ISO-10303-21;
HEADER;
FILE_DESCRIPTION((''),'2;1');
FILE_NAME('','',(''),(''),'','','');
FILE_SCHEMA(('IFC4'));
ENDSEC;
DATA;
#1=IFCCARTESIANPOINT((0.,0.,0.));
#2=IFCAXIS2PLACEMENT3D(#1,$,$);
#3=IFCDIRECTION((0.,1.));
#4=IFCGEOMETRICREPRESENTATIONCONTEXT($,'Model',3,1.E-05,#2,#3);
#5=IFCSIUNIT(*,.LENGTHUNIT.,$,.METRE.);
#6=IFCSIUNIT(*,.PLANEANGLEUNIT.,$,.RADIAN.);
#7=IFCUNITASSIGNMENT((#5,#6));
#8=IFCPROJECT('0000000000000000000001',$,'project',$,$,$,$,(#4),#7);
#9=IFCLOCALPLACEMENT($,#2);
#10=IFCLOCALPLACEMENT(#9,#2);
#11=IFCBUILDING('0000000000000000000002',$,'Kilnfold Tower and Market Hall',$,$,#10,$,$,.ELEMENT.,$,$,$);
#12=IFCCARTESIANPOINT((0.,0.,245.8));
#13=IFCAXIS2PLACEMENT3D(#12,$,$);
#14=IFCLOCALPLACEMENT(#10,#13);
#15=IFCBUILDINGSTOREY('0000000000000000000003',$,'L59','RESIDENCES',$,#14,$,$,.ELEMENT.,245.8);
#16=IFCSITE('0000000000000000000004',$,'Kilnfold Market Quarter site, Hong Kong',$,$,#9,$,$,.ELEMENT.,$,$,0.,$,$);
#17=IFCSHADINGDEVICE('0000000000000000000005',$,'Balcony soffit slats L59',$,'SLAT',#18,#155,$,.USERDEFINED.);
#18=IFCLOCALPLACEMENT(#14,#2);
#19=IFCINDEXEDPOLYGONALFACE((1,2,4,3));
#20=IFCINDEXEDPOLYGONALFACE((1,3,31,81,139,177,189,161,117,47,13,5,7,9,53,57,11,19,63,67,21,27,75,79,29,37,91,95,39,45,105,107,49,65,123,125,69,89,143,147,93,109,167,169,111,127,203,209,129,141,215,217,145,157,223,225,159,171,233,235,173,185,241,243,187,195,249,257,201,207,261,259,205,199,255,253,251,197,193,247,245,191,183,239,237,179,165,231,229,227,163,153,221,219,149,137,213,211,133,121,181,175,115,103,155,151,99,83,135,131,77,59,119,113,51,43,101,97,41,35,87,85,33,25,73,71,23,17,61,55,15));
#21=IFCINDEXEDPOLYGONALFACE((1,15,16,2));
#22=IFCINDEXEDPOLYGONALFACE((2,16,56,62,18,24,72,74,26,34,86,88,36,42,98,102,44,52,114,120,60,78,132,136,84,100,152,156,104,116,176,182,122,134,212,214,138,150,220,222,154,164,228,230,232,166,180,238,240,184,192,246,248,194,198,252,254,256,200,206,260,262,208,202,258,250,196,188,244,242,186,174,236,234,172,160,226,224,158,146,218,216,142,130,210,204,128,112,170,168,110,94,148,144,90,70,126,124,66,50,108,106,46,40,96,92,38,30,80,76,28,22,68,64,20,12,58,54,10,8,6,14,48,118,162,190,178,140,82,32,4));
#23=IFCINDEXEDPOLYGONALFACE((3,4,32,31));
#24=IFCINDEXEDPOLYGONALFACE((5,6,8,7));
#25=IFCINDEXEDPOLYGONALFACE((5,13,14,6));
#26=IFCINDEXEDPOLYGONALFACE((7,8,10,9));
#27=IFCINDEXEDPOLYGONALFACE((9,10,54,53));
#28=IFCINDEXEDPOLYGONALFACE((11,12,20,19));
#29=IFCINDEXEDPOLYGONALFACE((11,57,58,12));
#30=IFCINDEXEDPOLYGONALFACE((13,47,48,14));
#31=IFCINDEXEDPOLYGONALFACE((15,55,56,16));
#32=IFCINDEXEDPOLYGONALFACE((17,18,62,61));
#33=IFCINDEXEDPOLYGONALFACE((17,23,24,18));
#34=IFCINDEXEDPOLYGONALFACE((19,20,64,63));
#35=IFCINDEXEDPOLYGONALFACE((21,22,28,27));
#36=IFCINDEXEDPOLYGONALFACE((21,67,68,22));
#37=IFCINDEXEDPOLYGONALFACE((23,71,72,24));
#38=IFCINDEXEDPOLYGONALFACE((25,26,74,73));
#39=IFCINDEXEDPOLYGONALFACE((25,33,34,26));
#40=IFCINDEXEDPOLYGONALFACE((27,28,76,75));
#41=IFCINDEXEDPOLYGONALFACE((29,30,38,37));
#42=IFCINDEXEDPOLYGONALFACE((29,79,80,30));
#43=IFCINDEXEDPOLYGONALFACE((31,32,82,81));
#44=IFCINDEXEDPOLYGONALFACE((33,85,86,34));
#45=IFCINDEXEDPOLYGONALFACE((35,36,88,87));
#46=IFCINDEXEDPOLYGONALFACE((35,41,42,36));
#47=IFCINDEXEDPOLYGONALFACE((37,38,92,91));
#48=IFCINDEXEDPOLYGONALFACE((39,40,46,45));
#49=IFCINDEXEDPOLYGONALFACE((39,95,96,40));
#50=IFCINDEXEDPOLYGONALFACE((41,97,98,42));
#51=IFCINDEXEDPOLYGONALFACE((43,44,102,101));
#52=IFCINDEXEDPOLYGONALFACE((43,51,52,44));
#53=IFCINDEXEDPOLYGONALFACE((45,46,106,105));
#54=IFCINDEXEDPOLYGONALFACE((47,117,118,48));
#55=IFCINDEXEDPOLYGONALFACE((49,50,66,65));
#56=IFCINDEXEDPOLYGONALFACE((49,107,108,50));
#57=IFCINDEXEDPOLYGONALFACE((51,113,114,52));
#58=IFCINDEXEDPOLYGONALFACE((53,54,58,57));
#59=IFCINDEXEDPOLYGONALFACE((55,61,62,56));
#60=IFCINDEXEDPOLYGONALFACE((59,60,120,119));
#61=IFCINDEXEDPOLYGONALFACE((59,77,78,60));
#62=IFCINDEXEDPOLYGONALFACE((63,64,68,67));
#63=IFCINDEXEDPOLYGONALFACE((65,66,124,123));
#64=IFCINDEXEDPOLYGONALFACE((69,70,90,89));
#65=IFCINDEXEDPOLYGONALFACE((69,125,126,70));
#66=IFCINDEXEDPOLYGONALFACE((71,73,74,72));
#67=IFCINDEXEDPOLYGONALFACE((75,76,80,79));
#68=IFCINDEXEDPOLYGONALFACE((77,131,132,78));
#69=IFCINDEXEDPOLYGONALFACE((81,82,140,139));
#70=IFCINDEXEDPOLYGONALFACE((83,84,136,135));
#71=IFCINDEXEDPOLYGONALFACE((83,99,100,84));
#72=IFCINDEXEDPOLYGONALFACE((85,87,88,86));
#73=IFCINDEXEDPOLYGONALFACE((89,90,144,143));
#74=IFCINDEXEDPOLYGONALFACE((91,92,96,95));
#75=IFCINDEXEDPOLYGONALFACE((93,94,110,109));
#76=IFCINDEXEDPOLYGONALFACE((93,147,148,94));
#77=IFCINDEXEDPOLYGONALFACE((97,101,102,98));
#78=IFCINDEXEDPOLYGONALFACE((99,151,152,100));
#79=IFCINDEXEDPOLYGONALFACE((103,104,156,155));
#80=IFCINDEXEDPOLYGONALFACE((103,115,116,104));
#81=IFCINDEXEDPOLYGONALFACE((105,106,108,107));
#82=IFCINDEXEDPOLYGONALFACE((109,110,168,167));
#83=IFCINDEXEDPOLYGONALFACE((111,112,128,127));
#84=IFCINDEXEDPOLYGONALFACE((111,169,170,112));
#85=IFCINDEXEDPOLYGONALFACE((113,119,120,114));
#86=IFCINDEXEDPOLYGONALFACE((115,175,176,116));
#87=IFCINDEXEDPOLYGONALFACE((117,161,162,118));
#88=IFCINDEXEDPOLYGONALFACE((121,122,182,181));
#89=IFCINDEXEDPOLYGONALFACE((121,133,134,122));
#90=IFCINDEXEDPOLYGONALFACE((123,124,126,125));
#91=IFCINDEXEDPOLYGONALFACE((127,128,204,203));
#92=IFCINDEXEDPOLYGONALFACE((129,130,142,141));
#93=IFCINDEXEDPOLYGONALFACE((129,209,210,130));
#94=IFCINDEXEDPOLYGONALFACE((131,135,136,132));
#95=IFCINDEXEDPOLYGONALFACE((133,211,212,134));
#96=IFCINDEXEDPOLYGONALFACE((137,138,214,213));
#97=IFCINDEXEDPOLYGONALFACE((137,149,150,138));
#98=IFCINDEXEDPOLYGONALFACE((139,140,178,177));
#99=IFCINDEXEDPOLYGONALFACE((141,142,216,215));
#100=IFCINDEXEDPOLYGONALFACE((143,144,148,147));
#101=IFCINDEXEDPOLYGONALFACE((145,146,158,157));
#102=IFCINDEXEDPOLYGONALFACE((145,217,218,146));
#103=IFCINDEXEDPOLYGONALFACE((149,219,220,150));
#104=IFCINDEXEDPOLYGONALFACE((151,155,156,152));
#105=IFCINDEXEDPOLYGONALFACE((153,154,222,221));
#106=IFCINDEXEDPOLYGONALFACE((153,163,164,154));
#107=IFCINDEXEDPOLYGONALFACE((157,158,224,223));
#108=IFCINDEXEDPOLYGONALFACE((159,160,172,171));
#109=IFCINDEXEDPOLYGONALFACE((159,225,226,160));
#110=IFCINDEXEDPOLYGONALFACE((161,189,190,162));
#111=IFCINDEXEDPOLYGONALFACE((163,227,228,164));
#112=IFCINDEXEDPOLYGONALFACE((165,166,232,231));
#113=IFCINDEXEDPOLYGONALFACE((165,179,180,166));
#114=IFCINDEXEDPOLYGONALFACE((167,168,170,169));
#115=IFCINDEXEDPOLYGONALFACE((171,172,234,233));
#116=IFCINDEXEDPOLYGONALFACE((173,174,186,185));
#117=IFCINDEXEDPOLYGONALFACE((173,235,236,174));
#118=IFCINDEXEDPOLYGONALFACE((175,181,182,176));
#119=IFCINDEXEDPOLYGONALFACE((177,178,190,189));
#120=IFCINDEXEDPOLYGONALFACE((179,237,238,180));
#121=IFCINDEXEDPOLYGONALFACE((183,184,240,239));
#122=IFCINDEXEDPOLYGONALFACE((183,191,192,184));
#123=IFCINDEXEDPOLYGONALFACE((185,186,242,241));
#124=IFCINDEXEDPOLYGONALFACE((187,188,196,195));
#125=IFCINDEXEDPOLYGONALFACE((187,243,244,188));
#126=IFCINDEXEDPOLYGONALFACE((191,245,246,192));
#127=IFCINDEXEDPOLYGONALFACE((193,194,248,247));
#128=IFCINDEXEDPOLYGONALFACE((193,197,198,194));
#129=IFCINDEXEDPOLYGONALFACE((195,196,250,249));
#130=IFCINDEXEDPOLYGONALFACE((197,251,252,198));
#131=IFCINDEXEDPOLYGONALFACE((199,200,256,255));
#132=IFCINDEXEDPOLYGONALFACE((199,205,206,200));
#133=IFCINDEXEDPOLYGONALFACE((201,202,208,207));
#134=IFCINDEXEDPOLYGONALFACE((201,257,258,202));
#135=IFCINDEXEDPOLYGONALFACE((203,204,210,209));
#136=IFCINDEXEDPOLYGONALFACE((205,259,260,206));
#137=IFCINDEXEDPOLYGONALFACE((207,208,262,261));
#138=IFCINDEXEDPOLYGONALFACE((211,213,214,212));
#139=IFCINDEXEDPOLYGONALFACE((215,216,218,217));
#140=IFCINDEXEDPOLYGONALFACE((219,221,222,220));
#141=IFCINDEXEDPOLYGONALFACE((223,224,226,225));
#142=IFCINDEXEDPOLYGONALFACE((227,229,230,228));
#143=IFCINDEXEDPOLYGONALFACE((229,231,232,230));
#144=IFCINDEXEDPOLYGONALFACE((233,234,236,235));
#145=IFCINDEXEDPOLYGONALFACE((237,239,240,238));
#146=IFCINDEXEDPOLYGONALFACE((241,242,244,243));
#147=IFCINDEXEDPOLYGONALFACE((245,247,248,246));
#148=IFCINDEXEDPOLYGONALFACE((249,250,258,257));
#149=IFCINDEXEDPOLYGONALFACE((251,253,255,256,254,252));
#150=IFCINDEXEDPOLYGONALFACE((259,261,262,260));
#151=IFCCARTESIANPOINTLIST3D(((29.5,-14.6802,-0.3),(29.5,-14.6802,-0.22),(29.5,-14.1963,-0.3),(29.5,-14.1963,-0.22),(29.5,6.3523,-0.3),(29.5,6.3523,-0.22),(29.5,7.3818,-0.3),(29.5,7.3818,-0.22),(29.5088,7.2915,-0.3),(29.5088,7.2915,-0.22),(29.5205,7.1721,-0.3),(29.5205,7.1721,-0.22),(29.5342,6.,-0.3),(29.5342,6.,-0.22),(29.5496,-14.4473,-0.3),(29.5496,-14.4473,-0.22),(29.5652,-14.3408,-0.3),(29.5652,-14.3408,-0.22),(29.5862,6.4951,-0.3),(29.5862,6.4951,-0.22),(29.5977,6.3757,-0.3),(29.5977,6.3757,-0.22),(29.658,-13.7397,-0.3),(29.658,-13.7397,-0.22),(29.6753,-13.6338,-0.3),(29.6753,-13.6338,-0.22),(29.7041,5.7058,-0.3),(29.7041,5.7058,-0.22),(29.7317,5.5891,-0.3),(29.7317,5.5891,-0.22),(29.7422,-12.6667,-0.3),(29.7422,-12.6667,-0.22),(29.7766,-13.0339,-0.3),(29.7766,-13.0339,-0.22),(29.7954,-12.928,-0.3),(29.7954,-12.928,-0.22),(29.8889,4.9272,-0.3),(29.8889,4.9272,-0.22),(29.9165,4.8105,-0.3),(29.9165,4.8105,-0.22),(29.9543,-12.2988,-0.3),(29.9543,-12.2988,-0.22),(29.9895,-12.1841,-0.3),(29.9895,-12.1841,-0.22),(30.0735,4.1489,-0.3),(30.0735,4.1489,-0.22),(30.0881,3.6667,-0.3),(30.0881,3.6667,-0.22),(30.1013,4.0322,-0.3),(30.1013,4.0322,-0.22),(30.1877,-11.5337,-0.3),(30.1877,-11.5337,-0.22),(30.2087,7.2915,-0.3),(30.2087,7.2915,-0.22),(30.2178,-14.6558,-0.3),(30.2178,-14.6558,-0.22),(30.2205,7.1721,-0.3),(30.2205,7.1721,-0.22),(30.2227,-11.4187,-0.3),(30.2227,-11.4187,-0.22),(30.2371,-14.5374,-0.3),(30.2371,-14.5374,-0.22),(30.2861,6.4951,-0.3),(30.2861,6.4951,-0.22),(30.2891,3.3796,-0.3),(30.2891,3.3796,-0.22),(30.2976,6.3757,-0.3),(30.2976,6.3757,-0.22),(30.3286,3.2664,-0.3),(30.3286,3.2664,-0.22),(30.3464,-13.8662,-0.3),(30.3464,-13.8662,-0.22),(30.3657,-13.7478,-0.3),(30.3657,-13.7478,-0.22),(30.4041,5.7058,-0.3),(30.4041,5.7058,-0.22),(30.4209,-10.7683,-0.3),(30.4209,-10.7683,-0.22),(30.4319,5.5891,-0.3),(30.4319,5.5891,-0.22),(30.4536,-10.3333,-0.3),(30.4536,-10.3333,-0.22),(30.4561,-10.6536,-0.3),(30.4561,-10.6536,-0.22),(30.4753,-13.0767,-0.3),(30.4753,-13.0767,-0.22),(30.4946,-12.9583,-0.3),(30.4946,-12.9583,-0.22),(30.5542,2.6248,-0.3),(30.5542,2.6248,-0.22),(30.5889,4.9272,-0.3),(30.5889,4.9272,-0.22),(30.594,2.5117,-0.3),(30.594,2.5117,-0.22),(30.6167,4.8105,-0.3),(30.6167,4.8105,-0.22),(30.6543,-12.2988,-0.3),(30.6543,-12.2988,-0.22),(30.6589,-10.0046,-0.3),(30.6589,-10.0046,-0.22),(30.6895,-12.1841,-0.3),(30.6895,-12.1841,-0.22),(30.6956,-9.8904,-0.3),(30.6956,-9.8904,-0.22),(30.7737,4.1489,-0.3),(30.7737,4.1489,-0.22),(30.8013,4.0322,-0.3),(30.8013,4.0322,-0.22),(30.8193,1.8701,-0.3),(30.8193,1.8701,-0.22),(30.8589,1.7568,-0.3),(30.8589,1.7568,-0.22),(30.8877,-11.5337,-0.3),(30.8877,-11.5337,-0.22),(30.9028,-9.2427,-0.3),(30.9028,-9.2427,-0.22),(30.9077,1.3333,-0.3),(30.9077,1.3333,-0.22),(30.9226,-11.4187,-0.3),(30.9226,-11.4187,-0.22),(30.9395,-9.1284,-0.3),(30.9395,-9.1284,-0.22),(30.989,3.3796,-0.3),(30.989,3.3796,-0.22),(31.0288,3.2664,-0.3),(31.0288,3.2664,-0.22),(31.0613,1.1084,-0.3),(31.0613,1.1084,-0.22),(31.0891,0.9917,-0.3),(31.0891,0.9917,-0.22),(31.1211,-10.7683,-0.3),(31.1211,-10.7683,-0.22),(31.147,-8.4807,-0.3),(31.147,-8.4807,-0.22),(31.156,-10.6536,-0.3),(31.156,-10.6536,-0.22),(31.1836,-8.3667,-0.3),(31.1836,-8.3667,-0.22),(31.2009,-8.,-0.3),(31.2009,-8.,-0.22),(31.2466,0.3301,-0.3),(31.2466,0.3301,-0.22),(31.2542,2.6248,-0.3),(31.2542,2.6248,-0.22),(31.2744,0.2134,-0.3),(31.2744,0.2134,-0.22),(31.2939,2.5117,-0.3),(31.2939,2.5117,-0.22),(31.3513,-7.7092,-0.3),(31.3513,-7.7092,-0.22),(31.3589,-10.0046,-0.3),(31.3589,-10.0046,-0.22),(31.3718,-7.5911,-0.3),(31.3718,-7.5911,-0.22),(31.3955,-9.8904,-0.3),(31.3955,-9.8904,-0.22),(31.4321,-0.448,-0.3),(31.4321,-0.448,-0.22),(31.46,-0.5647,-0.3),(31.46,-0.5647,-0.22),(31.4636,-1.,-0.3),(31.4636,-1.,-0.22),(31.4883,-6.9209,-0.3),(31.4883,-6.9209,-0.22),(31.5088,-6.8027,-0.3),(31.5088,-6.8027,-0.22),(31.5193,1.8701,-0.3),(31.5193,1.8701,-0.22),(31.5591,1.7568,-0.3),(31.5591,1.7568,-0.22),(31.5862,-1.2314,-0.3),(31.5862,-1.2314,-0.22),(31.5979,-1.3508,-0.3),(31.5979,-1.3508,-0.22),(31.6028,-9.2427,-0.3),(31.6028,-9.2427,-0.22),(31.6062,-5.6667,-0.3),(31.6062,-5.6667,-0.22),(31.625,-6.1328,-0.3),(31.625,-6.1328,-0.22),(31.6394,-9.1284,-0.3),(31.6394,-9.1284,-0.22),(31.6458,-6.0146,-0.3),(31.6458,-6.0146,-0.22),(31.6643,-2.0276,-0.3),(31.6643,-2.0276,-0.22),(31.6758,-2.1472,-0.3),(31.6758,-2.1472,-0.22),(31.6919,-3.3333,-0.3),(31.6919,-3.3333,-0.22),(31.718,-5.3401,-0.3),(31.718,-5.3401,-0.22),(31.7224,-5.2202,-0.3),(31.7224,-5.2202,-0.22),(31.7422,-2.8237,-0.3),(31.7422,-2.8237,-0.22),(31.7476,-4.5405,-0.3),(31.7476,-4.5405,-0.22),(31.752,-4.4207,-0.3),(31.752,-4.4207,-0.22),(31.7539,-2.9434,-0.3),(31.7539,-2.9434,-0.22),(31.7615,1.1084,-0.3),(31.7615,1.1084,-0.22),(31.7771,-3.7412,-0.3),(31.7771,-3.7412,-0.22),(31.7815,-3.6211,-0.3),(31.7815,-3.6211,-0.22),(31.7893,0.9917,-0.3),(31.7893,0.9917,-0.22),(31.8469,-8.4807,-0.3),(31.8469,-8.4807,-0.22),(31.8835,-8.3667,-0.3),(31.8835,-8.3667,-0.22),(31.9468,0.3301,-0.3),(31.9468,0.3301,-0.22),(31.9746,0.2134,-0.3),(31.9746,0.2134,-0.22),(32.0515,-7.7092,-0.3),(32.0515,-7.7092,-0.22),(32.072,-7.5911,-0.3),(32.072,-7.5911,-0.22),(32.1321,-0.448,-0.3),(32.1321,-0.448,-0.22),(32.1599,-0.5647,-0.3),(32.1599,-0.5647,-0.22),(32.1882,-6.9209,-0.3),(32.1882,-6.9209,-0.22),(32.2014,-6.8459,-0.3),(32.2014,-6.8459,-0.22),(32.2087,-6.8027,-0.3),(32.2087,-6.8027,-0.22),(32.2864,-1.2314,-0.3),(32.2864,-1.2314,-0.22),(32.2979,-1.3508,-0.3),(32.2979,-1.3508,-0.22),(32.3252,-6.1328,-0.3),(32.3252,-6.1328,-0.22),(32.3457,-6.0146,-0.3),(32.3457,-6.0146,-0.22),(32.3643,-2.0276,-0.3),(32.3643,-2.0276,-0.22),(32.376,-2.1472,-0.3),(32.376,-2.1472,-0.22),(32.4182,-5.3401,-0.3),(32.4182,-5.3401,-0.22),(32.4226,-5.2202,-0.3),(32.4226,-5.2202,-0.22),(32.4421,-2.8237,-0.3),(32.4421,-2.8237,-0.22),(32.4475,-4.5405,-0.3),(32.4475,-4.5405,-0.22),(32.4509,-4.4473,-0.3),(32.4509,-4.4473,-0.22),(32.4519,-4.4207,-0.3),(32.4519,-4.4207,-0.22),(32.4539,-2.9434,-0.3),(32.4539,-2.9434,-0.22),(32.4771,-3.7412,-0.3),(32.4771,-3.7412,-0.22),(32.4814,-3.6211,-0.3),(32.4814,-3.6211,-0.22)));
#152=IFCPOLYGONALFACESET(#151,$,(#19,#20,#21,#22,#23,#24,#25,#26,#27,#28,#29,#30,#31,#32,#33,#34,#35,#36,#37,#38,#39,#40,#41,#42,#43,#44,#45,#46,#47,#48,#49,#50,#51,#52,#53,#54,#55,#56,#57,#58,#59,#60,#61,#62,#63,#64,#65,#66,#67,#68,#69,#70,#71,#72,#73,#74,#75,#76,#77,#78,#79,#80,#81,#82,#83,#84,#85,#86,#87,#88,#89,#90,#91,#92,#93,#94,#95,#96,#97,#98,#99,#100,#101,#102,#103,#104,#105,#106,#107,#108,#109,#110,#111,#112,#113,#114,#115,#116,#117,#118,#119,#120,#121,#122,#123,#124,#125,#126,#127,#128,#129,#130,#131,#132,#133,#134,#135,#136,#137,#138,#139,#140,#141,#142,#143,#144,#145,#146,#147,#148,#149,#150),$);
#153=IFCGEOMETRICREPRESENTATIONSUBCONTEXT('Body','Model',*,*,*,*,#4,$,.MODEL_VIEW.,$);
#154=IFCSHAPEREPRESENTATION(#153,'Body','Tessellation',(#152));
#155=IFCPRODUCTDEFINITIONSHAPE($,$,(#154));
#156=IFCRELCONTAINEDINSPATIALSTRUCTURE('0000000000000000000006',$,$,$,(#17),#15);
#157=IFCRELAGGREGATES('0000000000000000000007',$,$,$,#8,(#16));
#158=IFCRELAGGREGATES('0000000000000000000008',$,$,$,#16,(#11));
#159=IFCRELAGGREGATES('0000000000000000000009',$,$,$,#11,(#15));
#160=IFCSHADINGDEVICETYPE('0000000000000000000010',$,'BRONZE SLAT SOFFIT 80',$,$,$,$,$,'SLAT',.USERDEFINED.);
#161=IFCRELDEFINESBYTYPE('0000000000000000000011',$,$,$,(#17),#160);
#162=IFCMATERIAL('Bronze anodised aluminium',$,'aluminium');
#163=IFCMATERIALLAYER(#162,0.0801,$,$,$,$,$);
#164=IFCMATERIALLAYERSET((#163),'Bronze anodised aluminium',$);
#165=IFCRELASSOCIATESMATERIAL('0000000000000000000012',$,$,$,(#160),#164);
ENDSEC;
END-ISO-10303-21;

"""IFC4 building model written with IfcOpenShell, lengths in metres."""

from ifc_helpers import new_model, si_unit, direction, frame, origin, place, context, subcontext, project, spatial, polyline, outline, extrude, source, transform, mapped, material, layer, layer_set, type_object, element, save


model = new_model("IFC4")

# Units and contexts
model_context = context("Model", 3, precision=1e-05, world=origin(), true_north=direction((0.0, 1.0)))
body_context = subcontext(model_context, "Body", "Model", "MODEL_VIEW")
ifc_project = project(units=[si_unit("LENGTHUNIT", "METRE"), si_unit("PLANEANGLEUNIT", "RADIAN")], contexts=[model_context])

# Site, building, storey
site_placement = place(None, origin())
site = spatial("IfcSite", under=ifc_project, at=site_placement, Name="Kilnfold Market Quarter site, Hong Kong", CompositionType="ELEMENT", RefElevation=0.0)
building_placement = place(site_placement, origin())
building = spatial("IfcBuilding", under=site, at=building_placement, Name="Kilnfold Tower and Market Hall", CompositionType="ELEMENT")
storey_placement = place(building_placement, frame((0.0, 0.0, 245.8)))
storey = spatial("IfcBuildingStorey", under=building, at=storey_placement, Name="L59", Description="RESIDENCES", CompositionType="ELEMENT", Elevation=245.8)

# Shading device
ifc_material_1 = material(Name="Bronze anodised aluminium", Category="aluminium")
ifc_layer_1 = layer(ifc_material_1, 0.0801)
ifc_layer_set_1 = layer_set([ifc_layer_1], Name="Bronze anodised aluminium")
shading_device_type_1 = type_object("IfcShadingDeviceType", Name="BRONZE SLAT SOFFIT 80", ElementType="SLAT", PredefinedType="USERDEFINED", material=ifc_layer_set_1)
shared_shape_1 = source(origin(), body_context, "Body", "SweptSolid", [
    extrude(outline(polyline([(29.7422, -12.6667), (30.4536, -10.3333), (31.2009, -8.0), (31.6062, -5.6667), (31.6919, -3.3333), (31.4636, -1.0), (30.9077, 1.3333), (30.0881, 3.6667), (29.5342, 6.0), (29.5, 6.3523), (29.5, 7.3818), (29.5088, 7.2915), (30.2087, 7.2915), (30.2205, 7.1721), (29.5205, 7.1721), (29.5862, 6.4951), (30.2861, 6.4951), (30.2976, 6.3757), (29.5977, 6.3757), (29.7041, 5.7058), (30.4041, 5.7058), (30.4319, 5.5891), (29.7317, 5.5891), (29.8889, 4.9272), (30.5889, 4.9272), (30.6167, 4.8105), (29.9165, 4.8105), (30.0735, 4.1489), (30.7737, 4.1489), (30.8013, 4.0322), (30.1013, 4.0322), (30.2891, 3.3796), (30.989, 3.3796), (31.0288, 3.2664), (30.3286, 3.2664), (30.5542, 2.6248), (31.2542, 2.6248), (31.2939, 2.5117), (30.594, 2.5117), (30.8193, 1.8701), (31.5193, 1.8701), (31.5591, 1.7568), (30.8589, 1.7568), (31.0613, 1.1084), (31.7615, 1.1084), (31.7893, 0.9917), (31.0891, 0.9917), (31.2466, 0.3301), (31.9468, 0.3301), (31.9746, 0.2134), (31.2744, 0.2134), (31.4321, -0.448), (32.1321, -0.448), (32.1599, -0.5647), (31.46, -0.5647), (31.5862, -1.2314), (32.2864, -1.2314), (32.2979, -1.3508), (31.5979, -1.3508), (31.6643, -2.0276), (32.3643, -2.0276), (32.376, -2.1472), (31.6758, -2.1472), (31.7422, -2.8237), (32.4421, -2.8237), (32.4539, -2.9434), (31.7539, -2.9434), (31.7815, -3.6211), (32.4814, -3.6211), (32.4771, -3.7412), (31.7771, -3.7412), (31.752, -4.4207), (32.4519, -4.4207), (32.4509, -4.4473), (32.4475, -4.5405), (31.7476, -4.5405), (31.7224, -5.2202), (32.4226, -5.2202), (32.4182, -5.3401), (31.718, -5.3401), (31.6458, -6.0146), (32.3457, -6.0146), (32.3252, -6.1328), (31.625, -6.1328), (31.5088, -6.8027), (32.2087, -6.8027), (32.2014, -6.8459), (32.1882, -6.9209), (31.4883, -6.9209), (31.3718, -7.5911), (32.072, -7.5911), (32.0515, -7.7092), (31.3513, -7.7092), (31.1836, -8.3667), (31.8835, -8.3667), (31.8469, -8.4807), (31.147, -8.4807), (30.9395, -9.1284), (31.6394, -9.1284), (31.6028, -9.2427), (30.9028, -9.2427), (30.6956, -9.8904), (31.3955, -9.8904), (31.3589, -10.0046), (30.6589, -10.0046), (30.4561, -10.6536), (31.156, -10.6536), (31.1211, -10.7683), (30.4209, -10.7683), (30.2227, -11.4187), (30.9226, -11.4187), (30.8877, -11.5337), (30.1877, -11.5337), (29.9895, -12.1841), (30.6895, -12.1841), (30.6543, -12.2988), (29.9543, -12.2988), (29.7954, -12.928), (30.4946, -12.9583), (30.4753, -13.0767), (29.7766, -13.0339), (29.6753, -13.6338), (30.3657, -13.7478), (30.3464, -13.8662), (29.658, -13.7397), (29.5652, -14.3408), (30.2371, -14.5374), (30.2178, -14.6558), (29.5496, -14.4473), (29.5, -14.6802), (29.5, -14.1963), (29.7422, -12.6667)])), origin(), (0.0, 0.0, 1.0), 0.0801),
])
shading_device_1_placement = place(storey_placement, frame((0.0, 0.0, -0.3)))
element("IfcShadingDevice", 1, at=shading_device_1_placement, inside=storey, type_object=shading_device_type_1, Name="Balcony soffit slats L59", ObjectType="SLAT", PredefinedType="USERDEFINED", context=body_context, shape_type="MappedRepresentation", body=[
    mapped(shared_shape_1, transform((0.0, 0.0, 0.0))),
])

save(model, "model.ifc")
